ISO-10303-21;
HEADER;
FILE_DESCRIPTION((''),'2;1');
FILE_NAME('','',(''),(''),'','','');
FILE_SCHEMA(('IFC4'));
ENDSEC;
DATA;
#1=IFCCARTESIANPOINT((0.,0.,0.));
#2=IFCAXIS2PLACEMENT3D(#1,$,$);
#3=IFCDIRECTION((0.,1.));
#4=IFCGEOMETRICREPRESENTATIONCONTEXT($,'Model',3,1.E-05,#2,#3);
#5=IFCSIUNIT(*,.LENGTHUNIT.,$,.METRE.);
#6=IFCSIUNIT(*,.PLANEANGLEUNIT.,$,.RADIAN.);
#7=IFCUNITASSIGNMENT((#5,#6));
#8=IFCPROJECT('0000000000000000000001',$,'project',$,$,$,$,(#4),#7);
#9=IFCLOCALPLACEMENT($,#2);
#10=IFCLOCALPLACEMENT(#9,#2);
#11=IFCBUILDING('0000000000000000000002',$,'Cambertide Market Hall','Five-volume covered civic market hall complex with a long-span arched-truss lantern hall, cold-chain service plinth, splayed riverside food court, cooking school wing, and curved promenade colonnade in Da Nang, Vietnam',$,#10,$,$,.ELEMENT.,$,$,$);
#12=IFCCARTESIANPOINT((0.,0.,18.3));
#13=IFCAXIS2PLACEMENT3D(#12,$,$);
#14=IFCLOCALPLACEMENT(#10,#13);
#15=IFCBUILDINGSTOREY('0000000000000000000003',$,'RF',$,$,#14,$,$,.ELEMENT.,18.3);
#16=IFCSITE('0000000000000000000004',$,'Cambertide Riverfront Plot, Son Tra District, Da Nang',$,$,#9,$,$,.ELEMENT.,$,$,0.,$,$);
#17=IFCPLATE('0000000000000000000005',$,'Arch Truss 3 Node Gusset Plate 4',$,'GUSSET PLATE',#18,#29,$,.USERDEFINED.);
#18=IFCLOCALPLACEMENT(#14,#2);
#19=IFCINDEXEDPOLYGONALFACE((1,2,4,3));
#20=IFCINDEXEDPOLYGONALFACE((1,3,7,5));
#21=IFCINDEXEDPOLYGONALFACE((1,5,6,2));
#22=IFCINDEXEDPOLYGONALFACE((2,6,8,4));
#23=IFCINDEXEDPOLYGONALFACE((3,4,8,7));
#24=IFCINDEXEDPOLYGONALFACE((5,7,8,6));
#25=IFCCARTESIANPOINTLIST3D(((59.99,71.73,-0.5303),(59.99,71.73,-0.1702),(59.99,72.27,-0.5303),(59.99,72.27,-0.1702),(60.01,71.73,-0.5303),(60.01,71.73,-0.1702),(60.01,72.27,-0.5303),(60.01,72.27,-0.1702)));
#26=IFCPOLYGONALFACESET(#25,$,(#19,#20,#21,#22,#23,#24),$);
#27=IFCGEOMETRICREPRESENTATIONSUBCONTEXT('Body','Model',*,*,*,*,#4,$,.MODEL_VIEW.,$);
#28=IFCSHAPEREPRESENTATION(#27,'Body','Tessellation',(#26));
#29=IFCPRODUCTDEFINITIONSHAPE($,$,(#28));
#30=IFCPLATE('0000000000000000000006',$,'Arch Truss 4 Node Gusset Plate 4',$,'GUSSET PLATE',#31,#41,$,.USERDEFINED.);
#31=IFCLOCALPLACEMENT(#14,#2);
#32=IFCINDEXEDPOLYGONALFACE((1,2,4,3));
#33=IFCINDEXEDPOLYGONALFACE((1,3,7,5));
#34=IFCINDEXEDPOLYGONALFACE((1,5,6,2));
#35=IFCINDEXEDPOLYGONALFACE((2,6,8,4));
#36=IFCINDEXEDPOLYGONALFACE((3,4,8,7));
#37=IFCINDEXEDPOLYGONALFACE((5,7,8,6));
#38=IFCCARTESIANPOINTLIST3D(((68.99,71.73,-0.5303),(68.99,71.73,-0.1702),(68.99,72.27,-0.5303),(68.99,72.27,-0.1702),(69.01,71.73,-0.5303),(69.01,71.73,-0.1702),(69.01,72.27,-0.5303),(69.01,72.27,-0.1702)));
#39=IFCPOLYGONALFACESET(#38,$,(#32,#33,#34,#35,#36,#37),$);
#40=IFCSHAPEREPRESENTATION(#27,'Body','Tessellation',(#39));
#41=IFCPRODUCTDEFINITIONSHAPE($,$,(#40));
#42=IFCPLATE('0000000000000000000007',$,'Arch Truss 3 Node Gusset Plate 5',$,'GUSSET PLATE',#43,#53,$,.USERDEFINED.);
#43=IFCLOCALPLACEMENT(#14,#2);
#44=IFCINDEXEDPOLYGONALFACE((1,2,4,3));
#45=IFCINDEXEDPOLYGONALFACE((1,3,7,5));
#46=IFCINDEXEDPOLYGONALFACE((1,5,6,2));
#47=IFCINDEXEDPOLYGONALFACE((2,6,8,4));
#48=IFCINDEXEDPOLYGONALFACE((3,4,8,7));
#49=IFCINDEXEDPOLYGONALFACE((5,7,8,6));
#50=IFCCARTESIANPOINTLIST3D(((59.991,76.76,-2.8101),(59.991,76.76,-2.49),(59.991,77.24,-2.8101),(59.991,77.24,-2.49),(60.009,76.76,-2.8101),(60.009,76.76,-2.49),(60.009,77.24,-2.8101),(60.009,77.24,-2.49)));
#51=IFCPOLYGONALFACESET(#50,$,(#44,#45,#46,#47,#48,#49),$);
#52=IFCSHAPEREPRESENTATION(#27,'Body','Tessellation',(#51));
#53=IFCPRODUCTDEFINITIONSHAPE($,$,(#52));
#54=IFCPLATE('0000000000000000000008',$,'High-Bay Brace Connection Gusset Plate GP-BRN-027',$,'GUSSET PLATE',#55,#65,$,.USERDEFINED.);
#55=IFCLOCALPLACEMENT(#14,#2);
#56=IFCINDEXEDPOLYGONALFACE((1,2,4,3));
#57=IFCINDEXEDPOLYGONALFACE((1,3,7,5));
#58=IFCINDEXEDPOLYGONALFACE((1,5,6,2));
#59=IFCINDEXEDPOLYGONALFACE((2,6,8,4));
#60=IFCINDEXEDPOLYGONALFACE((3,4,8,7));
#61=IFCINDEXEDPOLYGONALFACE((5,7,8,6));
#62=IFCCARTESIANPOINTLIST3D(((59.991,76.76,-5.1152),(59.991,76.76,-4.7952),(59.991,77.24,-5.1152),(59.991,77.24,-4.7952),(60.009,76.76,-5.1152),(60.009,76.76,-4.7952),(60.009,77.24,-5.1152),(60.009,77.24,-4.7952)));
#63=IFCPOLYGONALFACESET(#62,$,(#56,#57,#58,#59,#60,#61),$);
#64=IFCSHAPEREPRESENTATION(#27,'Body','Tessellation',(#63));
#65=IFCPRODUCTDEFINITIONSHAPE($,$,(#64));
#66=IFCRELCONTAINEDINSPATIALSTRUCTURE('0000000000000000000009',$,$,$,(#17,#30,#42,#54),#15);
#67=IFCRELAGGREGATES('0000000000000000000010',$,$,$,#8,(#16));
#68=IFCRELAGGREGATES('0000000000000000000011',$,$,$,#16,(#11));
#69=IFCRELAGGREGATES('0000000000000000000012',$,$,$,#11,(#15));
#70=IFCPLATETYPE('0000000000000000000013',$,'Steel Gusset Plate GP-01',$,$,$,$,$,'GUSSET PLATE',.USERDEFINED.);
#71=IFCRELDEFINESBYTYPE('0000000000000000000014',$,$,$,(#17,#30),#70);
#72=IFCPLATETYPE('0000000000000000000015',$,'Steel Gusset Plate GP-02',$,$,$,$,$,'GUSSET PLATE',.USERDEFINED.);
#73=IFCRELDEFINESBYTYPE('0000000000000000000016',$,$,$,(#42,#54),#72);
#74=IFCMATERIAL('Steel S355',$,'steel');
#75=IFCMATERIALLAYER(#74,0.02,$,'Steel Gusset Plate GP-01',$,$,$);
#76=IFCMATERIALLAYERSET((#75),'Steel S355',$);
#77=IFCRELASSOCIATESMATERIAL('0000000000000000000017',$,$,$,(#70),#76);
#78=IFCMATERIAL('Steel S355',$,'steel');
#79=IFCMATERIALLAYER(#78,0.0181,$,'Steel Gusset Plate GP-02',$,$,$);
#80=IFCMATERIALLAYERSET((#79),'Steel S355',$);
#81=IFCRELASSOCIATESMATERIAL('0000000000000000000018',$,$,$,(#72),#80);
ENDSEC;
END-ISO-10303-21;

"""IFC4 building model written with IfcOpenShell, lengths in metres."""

from ifc_helpers import new_model, si_unit, direction, frame, origin, origin_2d, place, context, subcontext, project, spatial, rectangle, extrude, material, layer, layer_set, type_object, element, save


model = new_model("IFC4")

# Units and contexts
model_context = context("Model", 3, precision=1e-05, world=origin(), true_north=direction((0.0, 1.0)))
body_context = subcontext(model_context, "Body", "Model", "MODEL_VIEW")
ifc_project = project(units=[si_unit("LENGTHUNIT", "METRE"), si_unit("PLANEANGLEUNIT", "RADIAN")], contexts=[model_context])

# Site, building, storey
site_placement = place(None, origin())
site = spatial("IfcSite", under=ifc_project, at=site_placement, Name="Cambertide Riverfront Plot, Son Tra District, Da Nang", CompositionType="ELEMENT", RefElevation=0.0)
building_placement = place(site_placement, origin())
building = spatial("IfcBuilding", under=site, at=building_placement, Name="Cambertide Market Hall", Description="Five-volume covered civic market hall complex with a long-span arched-truss lantern hall, cold-chain service plinth, splayed riverside food court, cooking school wing, and curved promenade colonnade in Da Nang, Vietnam", CompositionType="ELEMENT")
storey_placement = place(building_placement, frame((0.0, 0.0, 18.3)))
storey = spatial("IfcBuildingStorey", under=building, at=storey_placement, Name="RF", CompositionType="ELEMENT", Elevation=18.3)

# Plates
ifc_material_1 = material(Name="Steel S355", Category="steel")
ifc_layer_1 = layer(ifc_material_1, 0.02, Name="Steel Gusset Plate GP-01")
ifc_layer_set_1 = layer_set([ifc_layer_1], Name="Steel S355")
plate_type_1 = type_object("IfcPlateType", Name="Steel Gusset Plate GP-01", ElementType="GUSSET PLATE", PredefinedType="USERDEFINED", material=ifc_layer_set_1)
for number, where, z_axis, x_axis, name in (
    (1, (60.0, 72.0, -0.5303), (0.0, 0.0, 1.0), (1.0, 0.0, 0.0), "Arch Truss 3 Node Gusset Plate 4"),
    (2, (69.0, 72.0, -0.5303), (0.0, 0.0, 1.0), (1.0, 0.0, 0.0), "Arch Truss 4 Node Gusset Plate 4"),
):
    element("IfcPlate", number, at=place(storey_placement, frame(where, z_axis=z_axis, x_axis=x_axis)), inside=storey, type_object=plate_type_1, Name=name, ObjectType="GUSSET PLATE", PredefinedType="USERDEFINED", context=body_context, shape_type="SweptSolid", body=[
        extrude(rectangle(XDim=0.02, YDim=0.54, at=origin_2d()), origin(), (0.0, 0.0, 1.0), 0.3601),
    ])
ifc_material_2 = material(Name="Steel S355", Category="steel")
ifc_layer_2 = layer(ifc_material_2, 0.0181, Name="Steel Gusset Plate GP-02")
ifc_layer_set_2 = layer_set([ifc_layer_2], Name="Steel S355")
plate_type_2 = type_object("IfcPlateType", Name="Steel Gusset Plate GP-02", ElementType="GUSSET PLATE", PredefinedType="USERDEFINED", material=ifc_layer_set_2)
plate_1_placement = place(storey_placement, frame((60.0, 77.0, -2.8101), z_axis=(0.0, 0.0, 1.0), x_axis=(1.0, 0.0, 0.0)))
element("IfcPlate", 3, at=plate_1_placement, inside=storey, type_object=plate_type_2, Name="Arch Truss 3 Node Gusset Plate 5", ObjectType="GUSSET PLATE", PredefinedType="USERDEFINED", context=body_context, shape_type="SweptSolid", body=[
    extrude(rectangle(XDim=0.0181, YDim=0.48, at=origin_2d()), origin(), (0.0, 0.0, 1.0), 0.3201),
])
plate_2_placement = place(storey_placement, frame((60.0, 77.0, -5.1152), z_axis=(0.0, 0.0, 1.0), x_axis=(0.0, 1.0, 0.0)))
element("IfcPlate", 4, at=plate_2_placement, inside=storey, type_object=plate_type_2, Name="High-Bay Brace Connection Gusset Plate GP-BRN-027", ObjectType="GUSSET PLATE", PredefinedType="USERDEFINED", context=body_context, shape_type="SweptSolid", body=[
    extrude(rectangle(XDim=0.48, YDim=0.0181, at=origin_2d()), origin(), (0.0, 0.0, 1.0), 0.3201),
])

save(model, "model.ifc")
